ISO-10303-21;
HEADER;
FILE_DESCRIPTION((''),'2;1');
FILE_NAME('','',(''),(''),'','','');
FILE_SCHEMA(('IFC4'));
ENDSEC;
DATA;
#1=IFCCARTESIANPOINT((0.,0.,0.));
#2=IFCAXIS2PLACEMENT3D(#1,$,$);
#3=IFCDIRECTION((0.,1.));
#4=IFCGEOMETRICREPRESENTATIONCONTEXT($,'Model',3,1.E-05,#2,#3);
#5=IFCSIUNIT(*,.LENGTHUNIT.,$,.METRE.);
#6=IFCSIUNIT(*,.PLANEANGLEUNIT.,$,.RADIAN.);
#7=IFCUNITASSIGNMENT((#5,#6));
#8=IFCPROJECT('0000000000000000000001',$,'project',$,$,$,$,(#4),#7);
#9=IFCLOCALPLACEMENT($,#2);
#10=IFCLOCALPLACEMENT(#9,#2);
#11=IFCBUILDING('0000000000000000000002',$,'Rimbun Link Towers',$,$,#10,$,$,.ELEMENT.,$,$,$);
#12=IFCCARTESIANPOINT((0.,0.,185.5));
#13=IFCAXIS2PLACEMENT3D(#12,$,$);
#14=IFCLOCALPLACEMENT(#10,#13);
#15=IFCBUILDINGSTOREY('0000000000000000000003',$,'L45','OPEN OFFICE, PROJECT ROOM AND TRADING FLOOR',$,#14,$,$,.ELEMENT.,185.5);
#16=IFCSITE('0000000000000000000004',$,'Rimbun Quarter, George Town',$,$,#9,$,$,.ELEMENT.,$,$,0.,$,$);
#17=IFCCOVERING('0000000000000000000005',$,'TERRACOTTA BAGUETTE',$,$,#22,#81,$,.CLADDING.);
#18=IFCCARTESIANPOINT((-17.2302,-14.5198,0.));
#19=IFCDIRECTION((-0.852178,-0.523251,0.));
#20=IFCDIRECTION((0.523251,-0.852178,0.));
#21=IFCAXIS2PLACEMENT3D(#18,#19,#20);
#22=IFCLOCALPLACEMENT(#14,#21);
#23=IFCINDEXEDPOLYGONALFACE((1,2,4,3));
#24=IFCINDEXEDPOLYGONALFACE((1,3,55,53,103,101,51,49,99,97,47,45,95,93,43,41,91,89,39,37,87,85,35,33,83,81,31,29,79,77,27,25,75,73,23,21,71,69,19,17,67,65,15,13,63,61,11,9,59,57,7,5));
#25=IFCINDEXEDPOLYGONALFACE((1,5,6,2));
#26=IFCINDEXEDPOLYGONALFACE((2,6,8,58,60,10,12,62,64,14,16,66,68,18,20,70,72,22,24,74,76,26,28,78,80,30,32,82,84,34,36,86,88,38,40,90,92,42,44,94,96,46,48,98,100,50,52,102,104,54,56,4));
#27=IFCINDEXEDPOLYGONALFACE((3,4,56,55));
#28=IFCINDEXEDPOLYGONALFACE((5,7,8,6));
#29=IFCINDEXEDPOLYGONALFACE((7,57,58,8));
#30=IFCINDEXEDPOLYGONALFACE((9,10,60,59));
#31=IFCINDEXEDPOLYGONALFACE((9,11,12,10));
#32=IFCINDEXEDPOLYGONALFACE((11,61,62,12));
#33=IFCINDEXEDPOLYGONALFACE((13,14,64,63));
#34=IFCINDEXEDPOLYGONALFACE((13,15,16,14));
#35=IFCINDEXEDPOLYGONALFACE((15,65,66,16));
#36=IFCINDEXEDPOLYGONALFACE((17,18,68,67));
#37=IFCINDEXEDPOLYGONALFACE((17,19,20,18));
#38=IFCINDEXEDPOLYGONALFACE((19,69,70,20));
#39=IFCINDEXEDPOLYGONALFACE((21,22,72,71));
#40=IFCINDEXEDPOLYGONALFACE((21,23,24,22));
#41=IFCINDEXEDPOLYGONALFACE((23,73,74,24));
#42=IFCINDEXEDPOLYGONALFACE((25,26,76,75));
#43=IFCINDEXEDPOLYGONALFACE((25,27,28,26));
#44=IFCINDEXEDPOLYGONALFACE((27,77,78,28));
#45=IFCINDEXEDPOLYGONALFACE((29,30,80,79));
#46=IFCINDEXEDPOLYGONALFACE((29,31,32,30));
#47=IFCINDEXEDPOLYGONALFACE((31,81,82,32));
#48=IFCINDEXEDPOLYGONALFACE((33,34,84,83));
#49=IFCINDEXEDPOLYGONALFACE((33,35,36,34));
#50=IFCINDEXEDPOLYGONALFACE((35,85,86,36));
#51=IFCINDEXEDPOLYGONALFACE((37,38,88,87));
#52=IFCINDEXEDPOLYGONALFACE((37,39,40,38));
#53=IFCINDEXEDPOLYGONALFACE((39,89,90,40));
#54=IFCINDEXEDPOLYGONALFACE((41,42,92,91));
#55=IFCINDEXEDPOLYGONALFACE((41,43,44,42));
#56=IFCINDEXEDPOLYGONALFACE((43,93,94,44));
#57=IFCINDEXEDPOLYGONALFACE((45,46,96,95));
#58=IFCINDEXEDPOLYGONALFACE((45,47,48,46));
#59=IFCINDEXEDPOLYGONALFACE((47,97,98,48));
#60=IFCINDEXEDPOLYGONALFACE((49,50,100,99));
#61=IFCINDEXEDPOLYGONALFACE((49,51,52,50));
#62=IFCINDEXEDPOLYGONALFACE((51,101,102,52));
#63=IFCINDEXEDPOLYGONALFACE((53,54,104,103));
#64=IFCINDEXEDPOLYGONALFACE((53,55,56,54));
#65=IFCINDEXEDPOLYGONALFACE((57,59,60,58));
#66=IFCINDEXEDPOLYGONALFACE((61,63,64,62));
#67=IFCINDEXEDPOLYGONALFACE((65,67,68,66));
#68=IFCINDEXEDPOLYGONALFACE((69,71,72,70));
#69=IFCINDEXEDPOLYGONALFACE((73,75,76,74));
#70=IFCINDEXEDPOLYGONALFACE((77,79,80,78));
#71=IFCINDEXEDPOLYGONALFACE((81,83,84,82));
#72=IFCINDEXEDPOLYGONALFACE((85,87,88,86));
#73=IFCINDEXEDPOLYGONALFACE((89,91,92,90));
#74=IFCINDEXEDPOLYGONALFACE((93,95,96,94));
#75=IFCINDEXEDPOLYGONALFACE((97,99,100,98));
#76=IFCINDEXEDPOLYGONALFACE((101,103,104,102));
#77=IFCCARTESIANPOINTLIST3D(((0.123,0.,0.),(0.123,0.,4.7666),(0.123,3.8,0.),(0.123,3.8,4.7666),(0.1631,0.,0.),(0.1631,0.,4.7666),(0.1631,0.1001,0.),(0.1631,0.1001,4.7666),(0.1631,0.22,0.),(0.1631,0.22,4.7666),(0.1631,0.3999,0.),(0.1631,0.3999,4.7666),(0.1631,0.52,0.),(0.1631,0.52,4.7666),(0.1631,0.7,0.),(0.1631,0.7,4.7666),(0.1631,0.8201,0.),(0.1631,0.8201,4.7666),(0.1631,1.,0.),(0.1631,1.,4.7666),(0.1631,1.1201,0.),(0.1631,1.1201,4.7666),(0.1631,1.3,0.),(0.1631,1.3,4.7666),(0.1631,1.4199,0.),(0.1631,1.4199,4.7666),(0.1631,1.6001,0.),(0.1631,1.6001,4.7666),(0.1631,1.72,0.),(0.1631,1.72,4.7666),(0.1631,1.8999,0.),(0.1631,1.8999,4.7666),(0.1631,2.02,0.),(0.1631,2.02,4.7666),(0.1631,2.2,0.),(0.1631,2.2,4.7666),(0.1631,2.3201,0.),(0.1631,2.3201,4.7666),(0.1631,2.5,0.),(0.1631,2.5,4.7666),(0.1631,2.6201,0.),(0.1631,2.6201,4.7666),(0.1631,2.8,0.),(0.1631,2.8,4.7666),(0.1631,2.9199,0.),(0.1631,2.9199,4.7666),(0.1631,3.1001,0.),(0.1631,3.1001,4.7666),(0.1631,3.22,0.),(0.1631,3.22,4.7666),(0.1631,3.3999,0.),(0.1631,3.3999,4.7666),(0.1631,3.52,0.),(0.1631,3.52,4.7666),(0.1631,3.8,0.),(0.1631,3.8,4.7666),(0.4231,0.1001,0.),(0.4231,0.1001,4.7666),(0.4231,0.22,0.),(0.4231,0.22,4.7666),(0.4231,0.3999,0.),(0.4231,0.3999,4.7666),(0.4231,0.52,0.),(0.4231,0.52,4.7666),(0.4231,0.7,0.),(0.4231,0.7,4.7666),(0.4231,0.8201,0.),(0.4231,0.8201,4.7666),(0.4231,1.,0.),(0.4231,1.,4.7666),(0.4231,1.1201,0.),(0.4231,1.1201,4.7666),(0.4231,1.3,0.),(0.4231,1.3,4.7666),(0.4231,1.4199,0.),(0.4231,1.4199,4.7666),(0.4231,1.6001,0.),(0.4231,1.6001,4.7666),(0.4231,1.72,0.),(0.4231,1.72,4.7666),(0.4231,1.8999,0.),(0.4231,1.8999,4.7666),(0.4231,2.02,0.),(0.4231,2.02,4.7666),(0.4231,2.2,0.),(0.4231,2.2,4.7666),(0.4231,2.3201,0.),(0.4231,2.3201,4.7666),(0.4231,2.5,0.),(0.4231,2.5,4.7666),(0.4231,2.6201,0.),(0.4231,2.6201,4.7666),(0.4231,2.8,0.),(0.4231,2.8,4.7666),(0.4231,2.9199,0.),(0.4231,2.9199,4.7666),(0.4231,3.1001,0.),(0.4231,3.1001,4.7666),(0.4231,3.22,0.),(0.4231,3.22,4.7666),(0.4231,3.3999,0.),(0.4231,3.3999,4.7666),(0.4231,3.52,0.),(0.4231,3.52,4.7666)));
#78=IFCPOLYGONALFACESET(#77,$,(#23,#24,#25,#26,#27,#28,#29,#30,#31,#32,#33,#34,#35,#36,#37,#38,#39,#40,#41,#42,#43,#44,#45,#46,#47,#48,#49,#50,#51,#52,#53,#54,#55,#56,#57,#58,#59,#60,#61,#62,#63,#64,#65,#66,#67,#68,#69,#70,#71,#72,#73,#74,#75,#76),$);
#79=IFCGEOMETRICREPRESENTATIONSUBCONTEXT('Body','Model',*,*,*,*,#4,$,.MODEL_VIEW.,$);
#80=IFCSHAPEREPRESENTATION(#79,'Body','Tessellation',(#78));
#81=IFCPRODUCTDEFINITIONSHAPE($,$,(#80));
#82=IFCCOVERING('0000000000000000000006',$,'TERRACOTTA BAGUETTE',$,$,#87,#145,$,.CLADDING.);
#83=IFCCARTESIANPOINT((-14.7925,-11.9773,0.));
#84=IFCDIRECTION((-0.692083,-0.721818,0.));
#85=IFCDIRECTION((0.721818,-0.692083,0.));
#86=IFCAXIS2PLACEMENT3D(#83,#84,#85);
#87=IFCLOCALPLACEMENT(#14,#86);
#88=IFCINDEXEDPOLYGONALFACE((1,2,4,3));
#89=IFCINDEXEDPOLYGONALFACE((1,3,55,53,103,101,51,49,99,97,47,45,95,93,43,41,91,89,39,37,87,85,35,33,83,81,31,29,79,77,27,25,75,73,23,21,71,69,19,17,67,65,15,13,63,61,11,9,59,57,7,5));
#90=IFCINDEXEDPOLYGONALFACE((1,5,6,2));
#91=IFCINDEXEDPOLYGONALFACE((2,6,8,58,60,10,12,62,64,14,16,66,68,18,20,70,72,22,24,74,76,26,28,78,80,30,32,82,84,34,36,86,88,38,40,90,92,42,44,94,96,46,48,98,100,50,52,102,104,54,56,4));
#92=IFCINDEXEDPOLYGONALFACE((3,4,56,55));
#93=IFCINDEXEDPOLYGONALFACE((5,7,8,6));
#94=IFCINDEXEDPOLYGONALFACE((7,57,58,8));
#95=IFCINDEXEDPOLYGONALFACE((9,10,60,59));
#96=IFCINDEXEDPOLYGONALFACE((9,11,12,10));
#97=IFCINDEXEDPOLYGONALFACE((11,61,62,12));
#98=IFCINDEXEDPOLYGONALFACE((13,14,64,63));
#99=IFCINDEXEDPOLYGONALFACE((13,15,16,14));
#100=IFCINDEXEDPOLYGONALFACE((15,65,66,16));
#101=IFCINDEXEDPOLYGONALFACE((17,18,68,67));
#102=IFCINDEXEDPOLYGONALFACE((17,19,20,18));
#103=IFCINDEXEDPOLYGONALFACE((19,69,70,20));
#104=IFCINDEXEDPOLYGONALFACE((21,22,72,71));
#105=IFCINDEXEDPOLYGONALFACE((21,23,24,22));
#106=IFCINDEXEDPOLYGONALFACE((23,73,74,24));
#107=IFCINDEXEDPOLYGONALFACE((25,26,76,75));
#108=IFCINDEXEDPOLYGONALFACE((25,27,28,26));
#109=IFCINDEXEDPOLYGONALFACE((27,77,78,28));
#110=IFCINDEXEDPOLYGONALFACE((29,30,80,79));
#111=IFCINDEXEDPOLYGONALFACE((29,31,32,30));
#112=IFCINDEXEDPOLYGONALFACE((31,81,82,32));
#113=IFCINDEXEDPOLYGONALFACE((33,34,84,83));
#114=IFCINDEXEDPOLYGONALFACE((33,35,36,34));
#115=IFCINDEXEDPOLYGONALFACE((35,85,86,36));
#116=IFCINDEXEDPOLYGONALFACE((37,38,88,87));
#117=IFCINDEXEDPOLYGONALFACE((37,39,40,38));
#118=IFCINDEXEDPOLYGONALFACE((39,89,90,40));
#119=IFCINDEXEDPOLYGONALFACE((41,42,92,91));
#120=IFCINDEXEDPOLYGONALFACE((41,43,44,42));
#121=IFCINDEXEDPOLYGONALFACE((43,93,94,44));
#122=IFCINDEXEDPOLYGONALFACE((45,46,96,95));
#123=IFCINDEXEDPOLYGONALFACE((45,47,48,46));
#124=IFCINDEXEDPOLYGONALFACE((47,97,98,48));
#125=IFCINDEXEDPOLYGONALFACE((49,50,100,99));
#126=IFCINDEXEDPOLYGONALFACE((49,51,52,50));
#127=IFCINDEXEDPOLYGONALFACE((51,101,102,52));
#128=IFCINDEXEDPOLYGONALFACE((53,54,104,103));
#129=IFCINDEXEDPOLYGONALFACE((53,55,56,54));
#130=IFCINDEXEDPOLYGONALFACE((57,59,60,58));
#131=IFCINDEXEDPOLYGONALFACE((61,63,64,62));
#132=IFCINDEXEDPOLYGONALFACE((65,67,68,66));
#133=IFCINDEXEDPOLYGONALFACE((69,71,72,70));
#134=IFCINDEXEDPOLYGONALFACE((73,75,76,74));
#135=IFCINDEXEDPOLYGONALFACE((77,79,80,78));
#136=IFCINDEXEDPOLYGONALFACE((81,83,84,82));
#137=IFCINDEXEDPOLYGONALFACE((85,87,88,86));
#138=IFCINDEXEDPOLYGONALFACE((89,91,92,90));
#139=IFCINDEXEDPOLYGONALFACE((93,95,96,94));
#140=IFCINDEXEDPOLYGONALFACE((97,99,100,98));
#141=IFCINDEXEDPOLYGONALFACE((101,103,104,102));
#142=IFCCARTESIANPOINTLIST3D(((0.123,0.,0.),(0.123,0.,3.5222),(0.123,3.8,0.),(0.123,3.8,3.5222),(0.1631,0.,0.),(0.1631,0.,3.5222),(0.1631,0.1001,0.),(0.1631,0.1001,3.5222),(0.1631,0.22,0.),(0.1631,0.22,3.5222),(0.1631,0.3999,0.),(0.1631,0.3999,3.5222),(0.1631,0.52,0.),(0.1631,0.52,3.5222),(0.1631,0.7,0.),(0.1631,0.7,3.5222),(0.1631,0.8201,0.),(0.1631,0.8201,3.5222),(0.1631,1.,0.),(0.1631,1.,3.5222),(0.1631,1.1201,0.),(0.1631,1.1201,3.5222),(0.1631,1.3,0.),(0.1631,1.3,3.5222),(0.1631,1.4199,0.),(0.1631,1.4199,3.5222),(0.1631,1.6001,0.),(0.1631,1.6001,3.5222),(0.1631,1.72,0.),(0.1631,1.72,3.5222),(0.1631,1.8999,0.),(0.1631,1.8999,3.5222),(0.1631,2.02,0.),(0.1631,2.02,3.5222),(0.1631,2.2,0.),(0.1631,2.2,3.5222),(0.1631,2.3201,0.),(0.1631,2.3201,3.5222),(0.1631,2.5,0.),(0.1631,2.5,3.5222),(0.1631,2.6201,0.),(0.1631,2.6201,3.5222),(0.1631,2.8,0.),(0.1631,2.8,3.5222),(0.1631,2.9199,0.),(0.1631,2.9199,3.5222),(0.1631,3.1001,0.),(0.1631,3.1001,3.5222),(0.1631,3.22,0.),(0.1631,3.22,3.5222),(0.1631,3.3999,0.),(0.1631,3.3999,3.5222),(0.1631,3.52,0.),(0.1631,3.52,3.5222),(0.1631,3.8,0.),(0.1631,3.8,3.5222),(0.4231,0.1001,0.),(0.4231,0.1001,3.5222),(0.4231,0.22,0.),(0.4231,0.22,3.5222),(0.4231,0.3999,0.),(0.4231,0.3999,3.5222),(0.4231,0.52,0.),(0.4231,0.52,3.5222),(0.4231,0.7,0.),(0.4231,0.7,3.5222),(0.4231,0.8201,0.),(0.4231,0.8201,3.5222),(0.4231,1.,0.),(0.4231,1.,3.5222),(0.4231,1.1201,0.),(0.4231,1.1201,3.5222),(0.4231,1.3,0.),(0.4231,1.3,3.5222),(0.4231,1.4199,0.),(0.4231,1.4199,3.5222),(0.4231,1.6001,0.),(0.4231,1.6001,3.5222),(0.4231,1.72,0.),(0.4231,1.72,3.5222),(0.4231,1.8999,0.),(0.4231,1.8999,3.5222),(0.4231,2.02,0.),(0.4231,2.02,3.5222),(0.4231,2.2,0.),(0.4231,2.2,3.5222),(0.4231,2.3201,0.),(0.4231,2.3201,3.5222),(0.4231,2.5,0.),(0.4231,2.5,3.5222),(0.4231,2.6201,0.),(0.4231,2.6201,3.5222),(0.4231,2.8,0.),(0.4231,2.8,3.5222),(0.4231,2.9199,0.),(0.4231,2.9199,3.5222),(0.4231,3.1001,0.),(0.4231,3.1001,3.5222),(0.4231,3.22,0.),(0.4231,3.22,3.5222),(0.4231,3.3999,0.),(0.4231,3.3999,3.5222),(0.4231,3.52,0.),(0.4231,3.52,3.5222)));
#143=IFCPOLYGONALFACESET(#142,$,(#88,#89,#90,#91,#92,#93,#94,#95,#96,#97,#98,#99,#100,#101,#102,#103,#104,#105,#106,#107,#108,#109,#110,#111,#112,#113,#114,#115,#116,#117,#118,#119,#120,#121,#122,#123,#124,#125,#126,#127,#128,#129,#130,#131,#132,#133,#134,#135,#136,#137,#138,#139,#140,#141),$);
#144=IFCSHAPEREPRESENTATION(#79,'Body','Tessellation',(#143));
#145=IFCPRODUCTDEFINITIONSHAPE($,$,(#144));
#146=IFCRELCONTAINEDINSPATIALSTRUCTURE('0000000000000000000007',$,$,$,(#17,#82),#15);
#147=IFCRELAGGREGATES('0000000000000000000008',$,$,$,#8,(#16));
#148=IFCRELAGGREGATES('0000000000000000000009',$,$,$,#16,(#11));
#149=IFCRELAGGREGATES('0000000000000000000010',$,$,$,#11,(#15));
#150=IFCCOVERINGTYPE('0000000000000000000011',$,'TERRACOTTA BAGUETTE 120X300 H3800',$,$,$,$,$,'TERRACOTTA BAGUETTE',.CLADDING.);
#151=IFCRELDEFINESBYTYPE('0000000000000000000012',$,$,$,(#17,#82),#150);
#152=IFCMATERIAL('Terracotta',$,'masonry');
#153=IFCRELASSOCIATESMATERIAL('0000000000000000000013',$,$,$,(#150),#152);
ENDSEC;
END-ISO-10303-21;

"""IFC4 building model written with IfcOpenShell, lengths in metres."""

from ifc_helpers import new_model, si_unit, direction, frame, origin, place, context, subcontext, project, spatial, polyline, outline, extrude, material, material_profile, profile_set, type_object, element, save


model = new_model("IFC4")

# Units and contexts
model_context = context("Model", 3, precision=1e-05, world=origin(), true_north=direction((0.0, 1.0)))
body_context = subcontext(model_context, "Body", "Model", "MODEL_VIEW")
ifc_project = project(units=[si_unit("LENGTHUNIT", "METRE"), si_unit("PLANEANGLEUNIT", "RADIAN")], contexts=[model_context])

# Site, building, storey
site_placement = place(None, origin())
site = spatial("IfcSite", under=ifc_project, at=site_placement, Name="Rimbun Quarter, George Town", CompositionType="ELEMENT", RefElevation=0.0)
building_placement = place(site_placement, origin())
building = spatial("IfcBuilding", under=site, at=building_placement, Name="Rimbun Link Towers", CompositionType="ELEMENT")
storey_placement = place(building_placement, frame((0.0, 0.0, 185.5)))
storey = spatial("IfcBuildingStorey", under=building, at=storey_placement, Name="L45", Description="OPEN OFFICE, PROJECT ROOM AND TRADING FLOOR", CompositionType="ELEMENT", Elevation=185.5)

# Coverings
ifc_material_1 = material(Name="Terracotta", Category="masonry")
ifc_material_profile_1 = material_profile(ifc_material_1, outline(polyline([(0.123, 0.0), (0.1631, 0.0), (0.1631, 0.1001), (0.4231, 0.1001), (0.4231, 0.22), (0.1631, 0.22), (0.1631, 0.3999), (0.4231, 0.3999), (0.4231, 0.52), (0.1631, 0.52), (0.1631, 0.7), (0.4231, 0.7), (0.4231, 0.8201), (0.1631, 0.8201), (0.1631, 1.0), (0.4231, 1.0), (0.4231, 1.1201), (0.1631, 1.1201), (0.1631, 1.3), (0.4231, 1.3), (0.4231, 1.4199), (0.1631, 1.4199), (0.1631, 1.6001), (0.4231, 1.6001), (0.4231, 1.72), (0.1631, 1.72), (0.1631, 1.8999), (0.4231, 1.8999), (0.4231, 2.02), (0.1631, 2.02), (0.1631, 2.2), (0.4231, 2.2), (0.4231, 2.3201), (0.1631, 2.3201), (0.1631, 2.5), (0.4231, 2.5), (0.4231, 2.6201), (0.1631, 2.6201), (0.1631, 2.8), (0.4231, 2.8), (0.4231, 2.9199), (0.1631, 2.9199), (0.1631, 3.1001), (0.4231, 3.1001), (0.4231, 3.22), (0.1631, 3.22), (0.1631, 3.3999), (0.4231, 3.3999), (0.4231, 3.52), (0.1631, 3.52), (0.1631, 3.8), (0.123, 3.8), (0.123, 0.0)])), Name="BAGUETTE 120X300")
ifc_profile_set_1 = profile_set([ifc_material_profile_1], Name="Terracotta")
covering_type = type_object("IfcCoveringType", Name="TERRACOTTA BAGUETTE 120X300 H3800", ElementType="TERRACOTTA BAGUETTE", PredefinedType="CLADDING", material=ifc_profile_set_1)
covering_1_placement = place(storey_placement, frame((-17.2302, -14.5198, 0.0), z_axis=(-0.852178, -0.523251, 0.0), x_axis=(0.523251, -0.852178, 0.0)))
element("IfcCovering", 1, at=covering_1_placement, inside=storey, type_object=covering_type, Name="TERRACOTTA BAGUETTE", PredefinedType="CLADDING", context=body_context, shape_type="SweptSolid", body=[
    extrude(outline(polyline([(0.123, 0.0), (0.1631, 0.0), (0.1631, 0.1001), (0.4231, 0.1001), (0.4231, 0.22), (0.1631, 0.22), (0.1631, 0.3999), (0.4231, 0.3999), (0.4231, 0.52), (0.1631, 0.52), (0.1631, 0.7), (0.4231, 0.7), (0.4231, 0.8201), (0.1631, 0.8201), (0.1631, 1.0), (0.4231, 1.0), (0.4231, 1.1201), (0.1631, 1.1201), (0.1631, 1.3), (0.4231, 1.3), (0.4231, 1.4199), (0.1631, 1.4199), (0.1631, 1.6001), (0.4231, 1.6001), (0.4231, 1.72), (0.1631, 1.72), (0.1631, 1.8999), (0.4231, 1.8999), (0.4231, 2.02), (0.1631, 2.02), (0.1631, 2.2), (0.4231, 2.2), (0.4231, 2.3201), (0.1631, 2.3201), (0.1631, 2.5), (0.4231, 2.5), (0.4231, 2.6201), (0.1631, 2.6201), (0.1631, 2.8), (0.4231, 2.8), (0.4231, 2.9199), (0.1631, 2.9199), (0.1631, 3.1001), (0.4231, 3.1001), (0.4231, 3.22), (0.1631, 3.22), (0.1631, 3.3999), (0.4231, 3.3999), (0.4231, 3.52), (0.1631, 3.52), (0.1631, 3.8), (0.123, 3.8), (0.123, 0.0)])), origin(), (0.0, 0.0, 1.0), 4.7666),
])
covering_2_placement = place(storey_placement, frame((-14.7925, -11.9773, 0.0), z_axis=(-0.692083, -0.721818, 0.0), x_axis=(0.721818, -0.692083, 0.0)))
element("IfcCovering", 2, at=covering_2_placement, inside=storey, type_object=covering_type, Name="TERRACOTTA BAGUETTE", PredefinedType="CLADDING", context=body_context, shape_type="SweptSolid", body=[
    extrude(outline(polyline([(0.123, 0.0), (0.1631, 0.0), (0.1631, 0.1001), (0.4231, 0.1001), (0.4231, 0.22), (0.1631, 0.22), (0.1631, 0.3999), (0.4231, 0.3999), (0.4231, 0.52), (0.1631, 0.52), (0.1631, 0.7), (0.4231, 0.7), (0.4231, 0.8201), (0.1631, 0.8201), (0.1631, 1.0), (0.4231, 1.0), (0.4231, 1.1201), (0.1631, 1.1201), (0.1631, 1.3), (0.4231, 1.3), (0.4231, 1.4199), (0.1631, 1.4199), (0.1631, 1.6001), (0.4231, 1.6001), (0.4231, 1.72), (0.1631, 1.72), (0.1631, 1.8999), (0.4231, 1.8999), (0.4231, 2.02), (0.1631, 2.02), (0.1631, 2.2), (0.4231, 2.2), (0.4231, 2.3201), (0.1631, 2.3201), (0.1631, 2.5), (0.4231, 2.5), (0.4231, 2.6201), (0.1631, 2.6201), (0.1631, 2.8), (0.4231, 2.8), (0.4231, 2.9199), (0.1631, 2.9199), (0.1631, 3.1001), (0.4231, 3.1001), (0.4231, 3.22), (0.1631, 3.22), (0.1631, 3.3999), (0.4231, 3.3999), (0.4231, 3.52), (0.1631, 3.52), (0.1631, 3.8), (0.123, 3.8), (0.123, 0.0)])), origin(), (0.0, 0.0, 1.0), 3.5222),
])

save(model, "model.ifc")
